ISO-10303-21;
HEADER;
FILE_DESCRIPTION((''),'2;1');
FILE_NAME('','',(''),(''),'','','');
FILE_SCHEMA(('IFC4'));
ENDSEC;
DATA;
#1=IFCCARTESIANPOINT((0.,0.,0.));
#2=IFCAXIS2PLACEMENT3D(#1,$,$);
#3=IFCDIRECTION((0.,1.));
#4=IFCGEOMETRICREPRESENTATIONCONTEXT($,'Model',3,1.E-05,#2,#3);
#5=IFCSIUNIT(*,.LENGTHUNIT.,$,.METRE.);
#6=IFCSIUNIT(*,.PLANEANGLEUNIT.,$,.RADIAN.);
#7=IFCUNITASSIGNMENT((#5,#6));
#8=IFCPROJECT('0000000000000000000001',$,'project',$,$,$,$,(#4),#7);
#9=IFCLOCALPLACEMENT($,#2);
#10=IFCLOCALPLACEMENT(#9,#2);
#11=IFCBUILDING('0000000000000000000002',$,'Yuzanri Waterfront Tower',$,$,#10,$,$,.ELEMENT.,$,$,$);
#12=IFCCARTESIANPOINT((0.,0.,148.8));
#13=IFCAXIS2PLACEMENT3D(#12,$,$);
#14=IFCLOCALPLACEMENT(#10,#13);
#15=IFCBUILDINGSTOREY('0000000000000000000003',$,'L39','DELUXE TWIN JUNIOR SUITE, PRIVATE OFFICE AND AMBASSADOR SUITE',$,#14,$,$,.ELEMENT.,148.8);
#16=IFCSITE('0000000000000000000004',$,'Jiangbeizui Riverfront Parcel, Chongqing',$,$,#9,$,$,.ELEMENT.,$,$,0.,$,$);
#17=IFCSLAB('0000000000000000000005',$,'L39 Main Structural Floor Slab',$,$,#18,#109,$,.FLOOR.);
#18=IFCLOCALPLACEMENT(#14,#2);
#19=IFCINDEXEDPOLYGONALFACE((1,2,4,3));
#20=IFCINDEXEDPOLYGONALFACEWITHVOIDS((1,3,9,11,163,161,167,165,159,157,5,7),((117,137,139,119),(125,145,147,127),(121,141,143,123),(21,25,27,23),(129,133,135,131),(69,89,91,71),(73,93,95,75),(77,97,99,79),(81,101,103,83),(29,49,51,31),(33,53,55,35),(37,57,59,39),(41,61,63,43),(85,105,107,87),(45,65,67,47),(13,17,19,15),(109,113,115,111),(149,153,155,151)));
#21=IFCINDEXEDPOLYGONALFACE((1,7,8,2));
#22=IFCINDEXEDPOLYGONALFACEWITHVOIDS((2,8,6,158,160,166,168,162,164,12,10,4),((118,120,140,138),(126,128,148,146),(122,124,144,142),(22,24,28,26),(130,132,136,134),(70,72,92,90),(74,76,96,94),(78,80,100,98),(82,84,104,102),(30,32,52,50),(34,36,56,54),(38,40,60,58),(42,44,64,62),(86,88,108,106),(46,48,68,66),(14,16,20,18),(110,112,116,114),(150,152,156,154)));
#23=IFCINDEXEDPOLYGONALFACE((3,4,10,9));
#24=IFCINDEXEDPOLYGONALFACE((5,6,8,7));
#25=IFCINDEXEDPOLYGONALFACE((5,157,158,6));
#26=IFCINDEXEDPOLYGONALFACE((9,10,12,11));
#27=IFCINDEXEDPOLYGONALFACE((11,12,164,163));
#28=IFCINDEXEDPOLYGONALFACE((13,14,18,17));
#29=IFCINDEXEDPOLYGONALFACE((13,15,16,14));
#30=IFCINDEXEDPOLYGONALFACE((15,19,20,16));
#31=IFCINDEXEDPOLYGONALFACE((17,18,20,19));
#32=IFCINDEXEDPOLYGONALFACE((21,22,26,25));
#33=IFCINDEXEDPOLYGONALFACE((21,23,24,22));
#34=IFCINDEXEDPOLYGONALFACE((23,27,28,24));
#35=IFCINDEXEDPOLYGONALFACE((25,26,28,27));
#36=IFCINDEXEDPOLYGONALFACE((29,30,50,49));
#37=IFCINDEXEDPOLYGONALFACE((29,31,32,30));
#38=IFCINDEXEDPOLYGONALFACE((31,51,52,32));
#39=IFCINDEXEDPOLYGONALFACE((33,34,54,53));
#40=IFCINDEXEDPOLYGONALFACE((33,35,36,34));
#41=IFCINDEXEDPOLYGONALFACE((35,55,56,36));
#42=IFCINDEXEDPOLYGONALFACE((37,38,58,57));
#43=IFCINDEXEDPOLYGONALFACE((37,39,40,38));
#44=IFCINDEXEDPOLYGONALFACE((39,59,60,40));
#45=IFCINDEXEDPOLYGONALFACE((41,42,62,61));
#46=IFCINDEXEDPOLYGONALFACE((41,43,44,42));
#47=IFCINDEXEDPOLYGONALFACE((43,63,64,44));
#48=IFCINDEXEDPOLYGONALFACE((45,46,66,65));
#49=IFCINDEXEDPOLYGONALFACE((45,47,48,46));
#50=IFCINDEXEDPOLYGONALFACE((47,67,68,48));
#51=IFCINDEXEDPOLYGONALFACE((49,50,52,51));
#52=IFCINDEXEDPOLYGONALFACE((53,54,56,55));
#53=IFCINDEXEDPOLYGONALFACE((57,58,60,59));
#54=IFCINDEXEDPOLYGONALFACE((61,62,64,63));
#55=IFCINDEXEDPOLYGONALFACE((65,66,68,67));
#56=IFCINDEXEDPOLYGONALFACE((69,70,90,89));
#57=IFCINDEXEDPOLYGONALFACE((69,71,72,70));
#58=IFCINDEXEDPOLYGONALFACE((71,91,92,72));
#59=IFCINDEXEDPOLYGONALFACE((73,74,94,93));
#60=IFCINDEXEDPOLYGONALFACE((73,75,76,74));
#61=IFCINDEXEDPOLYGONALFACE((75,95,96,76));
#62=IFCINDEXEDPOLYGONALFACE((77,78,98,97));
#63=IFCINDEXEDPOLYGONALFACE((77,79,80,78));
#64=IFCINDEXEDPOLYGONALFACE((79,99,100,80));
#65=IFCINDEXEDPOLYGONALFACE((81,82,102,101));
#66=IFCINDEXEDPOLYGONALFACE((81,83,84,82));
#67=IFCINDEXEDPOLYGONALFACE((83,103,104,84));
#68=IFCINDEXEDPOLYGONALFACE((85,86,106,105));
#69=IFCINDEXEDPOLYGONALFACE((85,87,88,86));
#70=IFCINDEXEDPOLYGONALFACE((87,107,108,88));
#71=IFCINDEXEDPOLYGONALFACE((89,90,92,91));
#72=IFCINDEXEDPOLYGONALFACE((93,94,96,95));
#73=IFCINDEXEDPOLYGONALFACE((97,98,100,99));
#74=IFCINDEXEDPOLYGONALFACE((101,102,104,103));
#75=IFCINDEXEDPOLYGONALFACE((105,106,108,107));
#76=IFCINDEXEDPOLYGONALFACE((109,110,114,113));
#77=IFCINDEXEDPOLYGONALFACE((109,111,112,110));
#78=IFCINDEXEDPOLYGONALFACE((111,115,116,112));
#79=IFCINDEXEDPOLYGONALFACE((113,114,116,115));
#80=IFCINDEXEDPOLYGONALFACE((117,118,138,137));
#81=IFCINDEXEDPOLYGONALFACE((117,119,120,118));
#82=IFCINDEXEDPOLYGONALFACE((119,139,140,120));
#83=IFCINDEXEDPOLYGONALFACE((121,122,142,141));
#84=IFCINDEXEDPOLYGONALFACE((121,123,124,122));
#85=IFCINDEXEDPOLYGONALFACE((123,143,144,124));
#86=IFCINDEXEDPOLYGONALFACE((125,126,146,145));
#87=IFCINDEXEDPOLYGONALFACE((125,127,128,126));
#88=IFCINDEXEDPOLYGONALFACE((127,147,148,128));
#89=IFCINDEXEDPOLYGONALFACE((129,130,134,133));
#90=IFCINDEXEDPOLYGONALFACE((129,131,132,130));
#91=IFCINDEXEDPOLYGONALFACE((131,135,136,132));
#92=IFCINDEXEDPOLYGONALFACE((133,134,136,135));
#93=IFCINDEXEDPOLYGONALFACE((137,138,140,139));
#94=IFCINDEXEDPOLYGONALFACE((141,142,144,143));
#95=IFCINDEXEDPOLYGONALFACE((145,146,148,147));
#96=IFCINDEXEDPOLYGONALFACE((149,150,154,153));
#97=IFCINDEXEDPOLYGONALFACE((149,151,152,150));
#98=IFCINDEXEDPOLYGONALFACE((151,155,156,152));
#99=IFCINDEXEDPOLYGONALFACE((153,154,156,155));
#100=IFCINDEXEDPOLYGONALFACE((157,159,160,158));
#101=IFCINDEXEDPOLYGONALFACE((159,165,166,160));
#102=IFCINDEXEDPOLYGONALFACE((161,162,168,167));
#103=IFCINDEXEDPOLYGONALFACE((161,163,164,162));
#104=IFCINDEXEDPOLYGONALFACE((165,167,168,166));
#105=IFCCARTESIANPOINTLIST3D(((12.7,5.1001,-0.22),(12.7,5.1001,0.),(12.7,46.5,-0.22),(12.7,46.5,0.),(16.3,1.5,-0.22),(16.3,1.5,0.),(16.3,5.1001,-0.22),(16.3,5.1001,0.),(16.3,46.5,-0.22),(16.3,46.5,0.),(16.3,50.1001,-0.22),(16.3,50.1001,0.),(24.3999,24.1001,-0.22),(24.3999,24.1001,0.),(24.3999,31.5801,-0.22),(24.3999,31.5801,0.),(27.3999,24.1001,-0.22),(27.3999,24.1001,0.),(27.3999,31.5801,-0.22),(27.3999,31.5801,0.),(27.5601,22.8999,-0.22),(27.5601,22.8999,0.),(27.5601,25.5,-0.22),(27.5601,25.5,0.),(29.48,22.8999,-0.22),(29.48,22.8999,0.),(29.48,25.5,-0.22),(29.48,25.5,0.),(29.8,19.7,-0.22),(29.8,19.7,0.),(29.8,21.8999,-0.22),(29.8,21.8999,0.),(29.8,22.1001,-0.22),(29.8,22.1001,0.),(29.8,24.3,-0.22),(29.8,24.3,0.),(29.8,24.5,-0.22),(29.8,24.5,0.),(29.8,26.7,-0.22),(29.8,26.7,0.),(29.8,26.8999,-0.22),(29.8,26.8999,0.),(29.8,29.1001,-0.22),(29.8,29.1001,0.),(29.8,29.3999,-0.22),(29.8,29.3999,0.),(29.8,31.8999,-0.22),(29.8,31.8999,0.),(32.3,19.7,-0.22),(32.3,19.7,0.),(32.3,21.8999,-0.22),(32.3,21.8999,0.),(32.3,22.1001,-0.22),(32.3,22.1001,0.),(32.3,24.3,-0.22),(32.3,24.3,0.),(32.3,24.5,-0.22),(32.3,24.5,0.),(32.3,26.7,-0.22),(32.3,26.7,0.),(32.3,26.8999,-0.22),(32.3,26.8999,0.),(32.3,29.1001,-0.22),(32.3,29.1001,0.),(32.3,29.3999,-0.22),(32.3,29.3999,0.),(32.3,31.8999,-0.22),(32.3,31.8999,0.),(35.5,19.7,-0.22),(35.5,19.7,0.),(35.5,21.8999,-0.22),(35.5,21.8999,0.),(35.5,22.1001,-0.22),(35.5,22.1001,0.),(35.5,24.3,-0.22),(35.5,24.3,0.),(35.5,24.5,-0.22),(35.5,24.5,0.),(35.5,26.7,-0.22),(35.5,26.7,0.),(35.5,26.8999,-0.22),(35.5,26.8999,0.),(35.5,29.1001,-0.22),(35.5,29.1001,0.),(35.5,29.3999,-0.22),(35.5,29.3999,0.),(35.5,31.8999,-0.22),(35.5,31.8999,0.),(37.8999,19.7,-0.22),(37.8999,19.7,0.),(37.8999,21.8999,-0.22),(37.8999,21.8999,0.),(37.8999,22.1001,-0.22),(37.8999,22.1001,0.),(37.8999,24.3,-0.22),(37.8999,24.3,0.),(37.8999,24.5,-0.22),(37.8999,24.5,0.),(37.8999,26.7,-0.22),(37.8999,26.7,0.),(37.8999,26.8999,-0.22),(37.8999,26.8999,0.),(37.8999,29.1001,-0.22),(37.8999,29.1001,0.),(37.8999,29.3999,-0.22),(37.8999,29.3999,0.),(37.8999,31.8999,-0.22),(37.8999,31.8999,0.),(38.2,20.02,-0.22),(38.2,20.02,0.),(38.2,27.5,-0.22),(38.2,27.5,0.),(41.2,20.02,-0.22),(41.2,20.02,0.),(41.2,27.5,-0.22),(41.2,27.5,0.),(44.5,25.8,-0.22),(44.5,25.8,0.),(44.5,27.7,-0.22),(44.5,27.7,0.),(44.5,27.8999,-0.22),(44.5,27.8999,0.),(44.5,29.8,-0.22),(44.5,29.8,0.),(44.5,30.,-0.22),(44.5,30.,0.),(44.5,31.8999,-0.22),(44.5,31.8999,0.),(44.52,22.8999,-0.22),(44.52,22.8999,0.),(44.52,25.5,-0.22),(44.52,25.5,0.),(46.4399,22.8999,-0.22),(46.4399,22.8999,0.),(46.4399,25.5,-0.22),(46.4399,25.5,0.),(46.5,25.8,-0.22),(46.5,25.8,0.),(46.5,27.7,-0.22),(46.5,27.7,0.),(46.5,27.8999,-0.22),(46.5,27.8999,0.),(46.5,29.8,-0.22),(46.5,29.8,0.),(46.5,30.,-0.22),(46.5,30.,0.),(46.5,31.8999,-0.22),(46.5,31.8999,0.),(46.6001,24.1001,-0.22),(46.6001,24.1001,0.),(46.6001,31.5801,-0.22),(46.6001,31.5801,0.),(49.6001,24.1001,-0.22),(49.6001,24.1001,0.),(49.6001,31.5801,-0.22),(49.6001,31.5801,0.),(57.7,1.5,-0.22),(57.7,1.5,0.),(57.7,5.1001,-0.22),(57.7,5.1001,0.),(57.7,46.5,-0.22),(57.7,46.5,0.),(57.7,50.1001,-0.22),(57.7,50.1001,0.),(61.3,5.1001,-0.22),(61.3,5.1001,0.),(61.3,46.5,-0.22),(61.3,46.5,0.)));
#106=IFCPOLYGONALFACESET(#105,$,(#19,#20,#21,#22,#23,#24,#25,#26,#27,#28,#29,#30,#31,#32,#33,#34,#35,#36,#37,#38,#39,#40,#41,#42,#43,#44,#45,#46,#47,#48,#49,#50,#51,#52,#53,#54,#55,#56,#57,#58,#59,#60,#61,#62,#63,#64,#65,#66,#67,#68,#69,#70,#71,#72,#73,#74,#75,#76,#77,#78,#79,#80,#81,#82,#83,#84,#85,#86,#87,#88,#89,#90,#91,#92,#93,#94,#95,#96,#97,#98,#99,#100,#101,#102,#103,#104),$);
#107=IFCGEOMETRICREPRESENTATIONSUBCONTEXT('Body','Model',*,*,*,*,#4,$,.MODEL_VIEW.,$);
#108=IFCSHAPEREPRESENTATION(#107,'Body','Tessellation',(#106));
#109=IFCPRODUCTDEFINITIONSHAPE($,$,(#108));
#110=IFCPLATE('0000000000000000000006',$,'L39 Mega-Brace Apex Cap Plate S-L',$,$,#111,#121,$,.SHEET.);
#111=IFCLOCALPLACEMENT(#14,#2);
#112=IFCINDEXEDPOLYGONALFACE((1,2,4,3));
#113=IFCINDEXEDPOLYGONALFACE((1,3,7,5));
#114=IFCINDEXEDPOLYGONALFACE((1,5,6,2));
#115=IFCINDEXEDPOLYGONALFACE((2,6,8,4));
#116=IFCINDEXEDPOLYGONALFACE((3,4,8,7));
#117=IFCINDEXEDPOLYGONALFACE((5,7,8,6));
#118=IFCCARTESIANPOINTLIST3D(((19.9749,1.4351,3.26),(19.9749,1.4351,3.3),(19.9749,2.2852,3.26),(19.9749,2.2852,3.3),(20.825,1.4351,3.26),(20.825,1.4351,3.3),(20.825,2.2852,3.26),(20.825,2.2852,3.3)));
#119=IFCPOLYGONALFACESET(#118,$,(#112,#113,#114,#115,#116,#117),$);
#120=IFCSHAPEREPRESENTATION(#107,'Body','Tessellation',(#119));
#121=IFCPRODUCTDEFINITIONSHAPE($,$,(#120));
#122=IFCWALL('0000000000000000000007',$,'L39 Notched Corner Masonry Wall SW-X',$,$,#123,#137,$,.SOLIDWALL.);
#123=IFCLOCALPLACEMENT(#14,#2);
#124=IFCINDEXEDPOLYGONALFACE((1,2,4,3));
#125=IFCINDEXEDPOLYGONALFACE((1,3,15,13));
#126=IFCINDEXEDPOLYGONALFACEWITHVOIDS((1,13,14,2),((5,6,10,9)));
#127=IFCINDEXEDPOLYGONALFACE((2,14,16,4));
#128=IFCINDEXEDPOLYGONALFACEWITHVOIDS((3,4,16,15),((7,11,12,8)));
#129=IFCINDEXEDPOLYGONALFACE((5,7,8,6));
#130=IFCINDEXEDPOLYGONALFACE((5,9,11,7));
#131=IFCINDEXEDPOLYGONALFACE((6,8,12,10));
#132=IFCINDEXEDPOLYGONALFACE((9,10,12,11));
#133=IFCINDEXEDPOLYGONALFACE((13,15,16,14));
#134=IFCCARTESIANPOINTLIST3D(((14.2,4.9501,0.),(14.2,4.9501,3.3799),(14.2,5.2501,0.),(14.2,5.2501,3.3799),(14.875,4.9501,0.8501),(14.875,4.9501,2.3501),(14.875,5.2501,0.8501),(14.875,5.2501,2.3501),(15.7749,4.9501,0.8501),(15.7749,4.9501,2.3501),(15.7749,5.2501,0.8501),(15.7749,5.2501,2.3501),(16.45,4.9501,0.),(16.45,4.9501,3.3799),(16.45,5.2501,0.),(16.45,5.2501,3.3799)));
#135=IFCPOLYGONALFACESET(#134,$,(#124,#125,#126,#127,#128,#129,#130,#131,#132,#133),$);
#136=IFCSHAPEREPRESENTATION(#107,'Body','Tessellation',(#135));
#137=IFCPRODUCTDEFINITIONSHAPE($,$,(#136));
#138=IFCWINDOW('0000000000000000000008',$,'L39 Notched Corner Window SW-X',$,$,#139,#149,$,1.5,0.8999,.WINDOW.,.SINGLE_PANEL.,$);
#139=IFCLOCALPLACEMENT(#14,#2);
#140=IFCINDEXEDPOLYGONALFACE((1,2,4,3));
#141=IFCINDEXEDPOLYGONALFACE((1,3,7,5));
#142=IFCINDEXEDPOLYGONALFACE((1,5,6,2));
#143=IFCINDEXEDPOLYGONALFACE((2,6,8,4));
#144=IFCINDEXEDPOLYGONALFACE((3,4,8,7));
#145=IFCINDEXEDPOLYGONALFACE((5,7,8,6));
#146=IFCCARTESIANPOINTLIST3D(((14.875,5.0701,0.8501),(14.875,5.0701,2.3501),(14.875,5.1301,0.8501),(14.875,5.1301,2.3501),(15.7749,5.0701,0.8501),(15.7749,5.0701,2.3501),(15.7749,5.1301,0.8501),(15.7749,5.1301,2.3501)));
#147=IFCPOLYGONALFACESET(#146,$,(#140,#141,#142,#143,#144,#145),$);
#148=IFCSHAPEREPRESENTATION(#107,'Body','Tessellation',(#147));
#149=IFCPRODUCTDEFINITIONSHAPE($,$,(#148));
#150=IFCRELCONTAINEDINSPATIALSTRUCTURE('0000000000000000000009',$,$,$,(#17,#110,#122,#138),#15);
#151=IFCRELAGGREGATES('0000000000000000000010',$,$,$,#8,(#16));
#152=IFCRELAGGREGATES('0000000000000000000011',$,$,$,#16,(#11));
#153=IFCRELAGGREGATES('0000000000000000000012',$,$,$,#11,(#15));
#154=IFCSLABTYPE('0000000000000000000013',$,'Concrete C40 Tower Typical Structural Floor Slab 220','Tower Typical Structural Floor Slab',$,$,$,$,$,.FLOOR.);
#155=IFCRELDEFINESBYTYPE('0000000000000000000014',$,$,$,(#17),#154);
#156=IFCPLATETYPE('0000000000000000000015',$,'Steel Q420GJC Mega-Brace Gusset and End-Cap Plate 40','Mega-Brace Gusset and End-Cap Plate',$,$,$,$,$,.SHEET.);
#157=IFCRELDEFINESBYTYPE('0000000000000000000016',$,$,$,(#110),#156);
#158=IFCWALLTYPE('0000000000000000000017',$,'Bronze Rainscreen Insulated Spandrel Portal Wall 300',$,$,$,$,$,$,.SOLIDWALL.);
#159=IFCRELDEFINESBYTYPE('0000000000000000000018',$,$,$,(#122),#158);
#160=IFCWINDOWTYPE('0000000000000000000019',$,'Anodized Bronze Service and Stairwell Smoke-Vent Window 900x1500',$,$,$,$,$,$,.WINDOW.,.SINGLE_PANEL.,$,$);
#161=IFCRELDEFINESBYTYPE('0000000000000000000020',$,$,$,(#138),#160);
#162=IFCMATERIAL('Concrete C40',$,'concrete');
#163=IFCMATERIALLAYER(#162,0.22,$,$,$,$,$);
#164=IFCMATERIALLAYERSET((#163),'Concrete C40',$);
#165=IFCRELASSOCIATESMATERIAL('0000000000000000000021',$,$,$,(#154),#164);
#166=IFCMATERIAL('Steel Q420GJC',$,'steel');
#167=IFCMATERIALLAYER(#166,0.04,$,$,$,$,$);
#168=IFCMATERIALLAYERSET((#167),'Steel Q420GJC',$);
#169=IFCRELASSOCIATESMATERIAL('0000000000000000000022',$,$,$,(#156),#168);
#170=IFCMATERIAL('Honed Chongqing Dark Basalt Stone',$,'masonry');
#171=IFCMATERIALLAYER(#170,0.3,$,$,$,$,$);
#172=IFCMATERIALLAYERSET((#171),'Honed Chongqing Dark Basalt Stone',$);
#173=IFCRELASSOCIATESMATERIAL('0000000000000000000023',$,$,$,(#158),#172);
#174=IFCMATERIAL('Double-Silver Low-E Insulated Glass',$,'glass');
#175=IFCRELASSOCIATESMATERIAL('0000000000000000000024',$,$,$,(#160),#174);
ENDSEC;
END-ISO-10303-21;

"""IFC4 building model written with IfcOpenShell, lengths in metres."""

from ifc_helpers import new_model, si_unit, direction, frame, frame_2d, origin, origin_2d, place, context, subcontext, project, spatial, polyline, rectangle, outline, extrude, source, transform, mapped, material, layer, layer_set, type_object, element, fill, save


model = new_model("IFC4")

# Units and contexts
model_context = context("Model", 3, precision=1e-05, world=origin(), true_north=direction((0.0, 1.0)))
body_context = subcontext(model_context, "Body", "Model", "MODEL_VIEW")
ifc_project = project(units=[si_unit("LENGTHUNIT", "METRE"), si_unit("PLANEANGLEUNIT", "RADIAN")], contexts=[model_context])

# Site, building, storey
site_placement = place(None, origin())
site = spatial("IfcSite", under=ifc_project, at=site_placement, Name="Jiangbeizui Riverfront Parcel, Chongqing", CompositionType="ELEMENT", RefElevation=0.0)
building_placement = place(site_placement, origin())
building = spatial("IfcBuilding", under=site, at=building_placement, Name="Yuzanri Waterfront Tower", CompositionType="ELEMENT")
storey_placement = place(building_placement, frame((0.0, 0.0, 148.8)))
storey = spatial("IfcBuildingStorey", under=building, at=storey_placement, Name="L39", Description="DELUXE TWIN JUNIOR SUITE, PRIVATE OFFICE AND AMBASSADOR SUITE", CompositionType="ELEMENT", Elevation=148.8)

# Slab
ifc_material_1 = material(Name="Concrete C40", Category="concrete")
ifc_layer_1 = layer(ifc_material_1, 0.22)
ifc_layer_set_1 = layer_set([ifc_layer_1], Name="Concrete C40")
slab_type_1 = type_object("IfcSlabType", Name="Concrete C40 Tower Typical Structural Floor Slab 220", Description="Tower Typical Structural Floor Slab", PredefinedType="FLOOR", material=ifc_layer_set_1)
slab_1_placement = place(storey_placement, frame((0.0, 0.0, -0.22)))
element("IfcSlab", 1, at=slab_1_placement, inside=storey, type_object=slab_type_1, Name="L39 Main Structural Floor Slab", PredefinedType="FLOOR", context=body_context, shape_type="SweptSolid", body=[
    extrude(outline(polyline([(16.3, 1.5), (57.7, 1.5), (57.7, 5.1001), (61.3, 5.1001), (61.3, 46.5), (57.7, 46.5), (57.7, 50.1001), (16.3, 50.1001), (16.3, 46.5), (12.7, 46.5), (12.7, 5.1001), (16.3, 5.1001), (16.3, 1.5)]), holes=[polyline([(27.3999, 24.1001), (27.3999, 31.5801), (24.3999, 31.5801), (24.3999, 24.1001), (27.3999, 24.1001)]), polyline([(49.6001, 24.1001), (49.6001, 31.5801), (46.6001, 31.5801), (46.6001, 24.1001), (49.6001, 24.1001)]), polyline([(38.2, 27.5), (38.2, 20.02), (41.2, 20.02), (41.2, 27.5), (38.2, 27.5)]), polyline([(27.5601, 22.8999), (29.48, 22.8999), (29.48, 25.5), (27.5601, 25.5), (27.5601, 22.8999)]), polyline([(44.52, 22.8999), (46.4399, 22.8999), (46.4399, 25.5), (44.52, 25.5), (44.52, 22.8999)]), polyline([(29.8, 19.7), (32.3, 19.7), (32.3, 21.8999), (29.8, 21.8999), (29.8, 19.7)]), polyline([(29.8, 22.1001), (32.3, 22.1001), (32.3, 24.3), (29.8, 24.3), (29.8, 22.1001)]), polyline([(29.8, 24.5), (32.3, 24.5), (32.3, 26.7), (29.8, 26.7), (29.8, 24.5)]), polyline([(29.8, 26.8999), (32.3, 26.8999), (32.3, 29.1001), (29.8, 29.1001), (29.8, 26.8999)]), polyline([(29.8, 29.3999), (32.3, 29.3999), (32.3, 31.8999), (29.8, 31.8999), (29.8, 29.3999)]), polyline([(35.5, 19.7), (37.8999, 19.7), (37.8999, 21.8999), (35.5, 21.8999), (35.5, 19.7)]), polyline([(35.5, 22.1001), (37.8999, 22.1001), (37.8999, 24.3), (35.5, 24.3), (35.5, 22.1001)]), polyline([(35.5, 24.5), (37.8999, 24.5), (37.8999, 26.7), (35.5, 26.7), (35.5, 24.5)]), polyline([(35.5, 26.8999), (37.8999, 26.8999), (37.8999, 29.1001), (35.5, 29.1001), (35.5, 26.8999)]), polyline([(35.5, 29.3999), (37.8999, 29.3999), (37.8999, 31.8999), (35.5, 31.8999), (35.5, 29.3999)]), polyline([(44.5, 25.8), (46.5, 25.8), (46.5, 27.7), (44.5, 27.7), (44.5, 25.8)]), polyline([(44.5, 27.8999), (46.5, 27.8999), (46.5, 29.8), (44.5, 29.8), (44.5, 27.8999)]), polyline([(44.5, 30.0), (46.5, 30.0), (46.5, 31.8999), (44.5, 31.8999), (44.5, 30.0)])]), origin(), (0.0, 0.0, 1.0), 0.22),
])

# Plate
ifc_material_2 = material(Name="Steel Q420GJC", Category="steel")
ifc_layer_2 = layer(ifc_material_2, 0.04)
ifc_layer_set_2 = layer_set([ifc_layer_2], Name="Steel Q420GJC")
plate_type = type_object("IfcPlateType", Name="Steel Q420GJC Mega-Brace Gusset and End-Cap Plate 40", Description="Mega-Brace Gusset and End-Cap Plate", PredefinedType="SHEET", material=ifc_layer_set_2)
shared_shape_1 = source(origin(), body_context, "Body", "SweptSolid", [
    extrude(rectangle(XDim=0.8501, YDim=0.8501, at=origin_2d()), origin(), (0.0, 0.0, 1.0), 0.04),
])
plate_placement = place(storey_placement, frame((20.3999, 1.8601, 3.26), z_axis=(0.0, 0.0, 1.0), x_axis=(1.0, 0.0, 0.0)))
element("IfcPlate", 2, at=plate_placement, inside=storey, type_object=plate_type, Name="L39 Mega-Brace Apex Cap Plate S-L", PredefinedType="SHEET", context=body_context, shape_type="MappedRepresentation", body=[
    mapped(shared_shape_1, transform((0.0, 0.0, 0.0), scale=1.0)),
])

# Wall, opening, window
ifc_material_3 = material(Name="Honed Chongqing Dark Basalt Stone", Category="masonry")
ifc_layer_3 = layer(ifc_material_3, 0.3)
ifc_layer_set_3 = layer_set([ifc_layer_3], Name="Honed Chongqing Dark Basalt Stone")
wall_type_1 = type_object("IfcWallType", Name="Bronze Rainscreen Insulated Spandrel Portal Wall 300", PredefinedType="SOLIDWALL", material=ifc_layer_set_3)
wall_1_placement = place(storey_placement, frame((14.2, 5.1001, 0.0), z_axis=(0.0, 0.0, 1.0), x_axis=(1.0, 0.0, 0.0)))
wall_1 = element("IfcWall", 3, at=wall_1_placement, inside=storey, type_object=wall_type_1, Name="L39 Notched Corner Masonry Wall SW-X", PredefinedType="SOLIDWALL", context=body_context, shape_type="SweptSolid", body=[
    extrude(rectangle(XDim=2.25, YDim=0.3, at=frame_2d((1.125, 0.0))), origin(), (0.0, 0.0, 1.0), 3.3799),
])
opening_1_placement = place(wall_1_placement, frame((0.675, 0.0, 0.8501)))
opening_1 = element("IfcOpeningElement", 4, at=opening_1_placement, cuts=wall_1, PredefinedType="OPENING", context=body_context, shape_type="SweptSolid", body=[
    extrude(rectangle(XDim=0.8999, YDim=1.5, at=frame_2d((0.45, 0.75))), frame((0.0, 0.165, 0.0), z_axis=(0.0, -1.0, 0.0), x_axis=(1.0, 0.0, 0.0)), (0.0, 0.0, 1.0), 0.3298),
])
ifc_material_4 = material(Name="Double-Silver Low-E Insulated Glass", Category="glass")
window_type_1 = type_object("IfcWindowType", Name="Anodized Bronze Service and Stairwell Smoke-Vent Window 900x1500", PartitioningType="SINGLE_PANEL", PredefinedType="WINDOW", material=ifc_material_4)
shared_shape_2 = source(origin(), body_context, "Body", "SweptSolid", [
    extrude(rectangle(XDim=0.8999, YDim=1.5, at=frame_2d((0.45, 0.75))), frame((0.0, 0.03, 0.0), z_axis=(0.0, -1.0, 0.0), x_axis=(1.0, 0.0, 0.0)), (0.0, 0.0, 1.0), 0.0601),
])
window_1_placement = place(opening_1_placement, origin())
window_1 = element("IfcWindow", 5, at=window_1_placement, inside=storey, type_object=window_type_1, Name="L39 Notched Corner Window SW-X", OverallHeight=1.5, OverallWidth=0.8999, PartitioningType="SINGLE_PANEL", PredefinedType="WINDOW", context=body_context, shape_type="MappedRepresentation", body=[
    mapped(shared_shape_2, transform((0.0, 0.0, 0.0), scale=1.0)),
])
fill(opening_1, window_1)

save(model, "model.ifc")
